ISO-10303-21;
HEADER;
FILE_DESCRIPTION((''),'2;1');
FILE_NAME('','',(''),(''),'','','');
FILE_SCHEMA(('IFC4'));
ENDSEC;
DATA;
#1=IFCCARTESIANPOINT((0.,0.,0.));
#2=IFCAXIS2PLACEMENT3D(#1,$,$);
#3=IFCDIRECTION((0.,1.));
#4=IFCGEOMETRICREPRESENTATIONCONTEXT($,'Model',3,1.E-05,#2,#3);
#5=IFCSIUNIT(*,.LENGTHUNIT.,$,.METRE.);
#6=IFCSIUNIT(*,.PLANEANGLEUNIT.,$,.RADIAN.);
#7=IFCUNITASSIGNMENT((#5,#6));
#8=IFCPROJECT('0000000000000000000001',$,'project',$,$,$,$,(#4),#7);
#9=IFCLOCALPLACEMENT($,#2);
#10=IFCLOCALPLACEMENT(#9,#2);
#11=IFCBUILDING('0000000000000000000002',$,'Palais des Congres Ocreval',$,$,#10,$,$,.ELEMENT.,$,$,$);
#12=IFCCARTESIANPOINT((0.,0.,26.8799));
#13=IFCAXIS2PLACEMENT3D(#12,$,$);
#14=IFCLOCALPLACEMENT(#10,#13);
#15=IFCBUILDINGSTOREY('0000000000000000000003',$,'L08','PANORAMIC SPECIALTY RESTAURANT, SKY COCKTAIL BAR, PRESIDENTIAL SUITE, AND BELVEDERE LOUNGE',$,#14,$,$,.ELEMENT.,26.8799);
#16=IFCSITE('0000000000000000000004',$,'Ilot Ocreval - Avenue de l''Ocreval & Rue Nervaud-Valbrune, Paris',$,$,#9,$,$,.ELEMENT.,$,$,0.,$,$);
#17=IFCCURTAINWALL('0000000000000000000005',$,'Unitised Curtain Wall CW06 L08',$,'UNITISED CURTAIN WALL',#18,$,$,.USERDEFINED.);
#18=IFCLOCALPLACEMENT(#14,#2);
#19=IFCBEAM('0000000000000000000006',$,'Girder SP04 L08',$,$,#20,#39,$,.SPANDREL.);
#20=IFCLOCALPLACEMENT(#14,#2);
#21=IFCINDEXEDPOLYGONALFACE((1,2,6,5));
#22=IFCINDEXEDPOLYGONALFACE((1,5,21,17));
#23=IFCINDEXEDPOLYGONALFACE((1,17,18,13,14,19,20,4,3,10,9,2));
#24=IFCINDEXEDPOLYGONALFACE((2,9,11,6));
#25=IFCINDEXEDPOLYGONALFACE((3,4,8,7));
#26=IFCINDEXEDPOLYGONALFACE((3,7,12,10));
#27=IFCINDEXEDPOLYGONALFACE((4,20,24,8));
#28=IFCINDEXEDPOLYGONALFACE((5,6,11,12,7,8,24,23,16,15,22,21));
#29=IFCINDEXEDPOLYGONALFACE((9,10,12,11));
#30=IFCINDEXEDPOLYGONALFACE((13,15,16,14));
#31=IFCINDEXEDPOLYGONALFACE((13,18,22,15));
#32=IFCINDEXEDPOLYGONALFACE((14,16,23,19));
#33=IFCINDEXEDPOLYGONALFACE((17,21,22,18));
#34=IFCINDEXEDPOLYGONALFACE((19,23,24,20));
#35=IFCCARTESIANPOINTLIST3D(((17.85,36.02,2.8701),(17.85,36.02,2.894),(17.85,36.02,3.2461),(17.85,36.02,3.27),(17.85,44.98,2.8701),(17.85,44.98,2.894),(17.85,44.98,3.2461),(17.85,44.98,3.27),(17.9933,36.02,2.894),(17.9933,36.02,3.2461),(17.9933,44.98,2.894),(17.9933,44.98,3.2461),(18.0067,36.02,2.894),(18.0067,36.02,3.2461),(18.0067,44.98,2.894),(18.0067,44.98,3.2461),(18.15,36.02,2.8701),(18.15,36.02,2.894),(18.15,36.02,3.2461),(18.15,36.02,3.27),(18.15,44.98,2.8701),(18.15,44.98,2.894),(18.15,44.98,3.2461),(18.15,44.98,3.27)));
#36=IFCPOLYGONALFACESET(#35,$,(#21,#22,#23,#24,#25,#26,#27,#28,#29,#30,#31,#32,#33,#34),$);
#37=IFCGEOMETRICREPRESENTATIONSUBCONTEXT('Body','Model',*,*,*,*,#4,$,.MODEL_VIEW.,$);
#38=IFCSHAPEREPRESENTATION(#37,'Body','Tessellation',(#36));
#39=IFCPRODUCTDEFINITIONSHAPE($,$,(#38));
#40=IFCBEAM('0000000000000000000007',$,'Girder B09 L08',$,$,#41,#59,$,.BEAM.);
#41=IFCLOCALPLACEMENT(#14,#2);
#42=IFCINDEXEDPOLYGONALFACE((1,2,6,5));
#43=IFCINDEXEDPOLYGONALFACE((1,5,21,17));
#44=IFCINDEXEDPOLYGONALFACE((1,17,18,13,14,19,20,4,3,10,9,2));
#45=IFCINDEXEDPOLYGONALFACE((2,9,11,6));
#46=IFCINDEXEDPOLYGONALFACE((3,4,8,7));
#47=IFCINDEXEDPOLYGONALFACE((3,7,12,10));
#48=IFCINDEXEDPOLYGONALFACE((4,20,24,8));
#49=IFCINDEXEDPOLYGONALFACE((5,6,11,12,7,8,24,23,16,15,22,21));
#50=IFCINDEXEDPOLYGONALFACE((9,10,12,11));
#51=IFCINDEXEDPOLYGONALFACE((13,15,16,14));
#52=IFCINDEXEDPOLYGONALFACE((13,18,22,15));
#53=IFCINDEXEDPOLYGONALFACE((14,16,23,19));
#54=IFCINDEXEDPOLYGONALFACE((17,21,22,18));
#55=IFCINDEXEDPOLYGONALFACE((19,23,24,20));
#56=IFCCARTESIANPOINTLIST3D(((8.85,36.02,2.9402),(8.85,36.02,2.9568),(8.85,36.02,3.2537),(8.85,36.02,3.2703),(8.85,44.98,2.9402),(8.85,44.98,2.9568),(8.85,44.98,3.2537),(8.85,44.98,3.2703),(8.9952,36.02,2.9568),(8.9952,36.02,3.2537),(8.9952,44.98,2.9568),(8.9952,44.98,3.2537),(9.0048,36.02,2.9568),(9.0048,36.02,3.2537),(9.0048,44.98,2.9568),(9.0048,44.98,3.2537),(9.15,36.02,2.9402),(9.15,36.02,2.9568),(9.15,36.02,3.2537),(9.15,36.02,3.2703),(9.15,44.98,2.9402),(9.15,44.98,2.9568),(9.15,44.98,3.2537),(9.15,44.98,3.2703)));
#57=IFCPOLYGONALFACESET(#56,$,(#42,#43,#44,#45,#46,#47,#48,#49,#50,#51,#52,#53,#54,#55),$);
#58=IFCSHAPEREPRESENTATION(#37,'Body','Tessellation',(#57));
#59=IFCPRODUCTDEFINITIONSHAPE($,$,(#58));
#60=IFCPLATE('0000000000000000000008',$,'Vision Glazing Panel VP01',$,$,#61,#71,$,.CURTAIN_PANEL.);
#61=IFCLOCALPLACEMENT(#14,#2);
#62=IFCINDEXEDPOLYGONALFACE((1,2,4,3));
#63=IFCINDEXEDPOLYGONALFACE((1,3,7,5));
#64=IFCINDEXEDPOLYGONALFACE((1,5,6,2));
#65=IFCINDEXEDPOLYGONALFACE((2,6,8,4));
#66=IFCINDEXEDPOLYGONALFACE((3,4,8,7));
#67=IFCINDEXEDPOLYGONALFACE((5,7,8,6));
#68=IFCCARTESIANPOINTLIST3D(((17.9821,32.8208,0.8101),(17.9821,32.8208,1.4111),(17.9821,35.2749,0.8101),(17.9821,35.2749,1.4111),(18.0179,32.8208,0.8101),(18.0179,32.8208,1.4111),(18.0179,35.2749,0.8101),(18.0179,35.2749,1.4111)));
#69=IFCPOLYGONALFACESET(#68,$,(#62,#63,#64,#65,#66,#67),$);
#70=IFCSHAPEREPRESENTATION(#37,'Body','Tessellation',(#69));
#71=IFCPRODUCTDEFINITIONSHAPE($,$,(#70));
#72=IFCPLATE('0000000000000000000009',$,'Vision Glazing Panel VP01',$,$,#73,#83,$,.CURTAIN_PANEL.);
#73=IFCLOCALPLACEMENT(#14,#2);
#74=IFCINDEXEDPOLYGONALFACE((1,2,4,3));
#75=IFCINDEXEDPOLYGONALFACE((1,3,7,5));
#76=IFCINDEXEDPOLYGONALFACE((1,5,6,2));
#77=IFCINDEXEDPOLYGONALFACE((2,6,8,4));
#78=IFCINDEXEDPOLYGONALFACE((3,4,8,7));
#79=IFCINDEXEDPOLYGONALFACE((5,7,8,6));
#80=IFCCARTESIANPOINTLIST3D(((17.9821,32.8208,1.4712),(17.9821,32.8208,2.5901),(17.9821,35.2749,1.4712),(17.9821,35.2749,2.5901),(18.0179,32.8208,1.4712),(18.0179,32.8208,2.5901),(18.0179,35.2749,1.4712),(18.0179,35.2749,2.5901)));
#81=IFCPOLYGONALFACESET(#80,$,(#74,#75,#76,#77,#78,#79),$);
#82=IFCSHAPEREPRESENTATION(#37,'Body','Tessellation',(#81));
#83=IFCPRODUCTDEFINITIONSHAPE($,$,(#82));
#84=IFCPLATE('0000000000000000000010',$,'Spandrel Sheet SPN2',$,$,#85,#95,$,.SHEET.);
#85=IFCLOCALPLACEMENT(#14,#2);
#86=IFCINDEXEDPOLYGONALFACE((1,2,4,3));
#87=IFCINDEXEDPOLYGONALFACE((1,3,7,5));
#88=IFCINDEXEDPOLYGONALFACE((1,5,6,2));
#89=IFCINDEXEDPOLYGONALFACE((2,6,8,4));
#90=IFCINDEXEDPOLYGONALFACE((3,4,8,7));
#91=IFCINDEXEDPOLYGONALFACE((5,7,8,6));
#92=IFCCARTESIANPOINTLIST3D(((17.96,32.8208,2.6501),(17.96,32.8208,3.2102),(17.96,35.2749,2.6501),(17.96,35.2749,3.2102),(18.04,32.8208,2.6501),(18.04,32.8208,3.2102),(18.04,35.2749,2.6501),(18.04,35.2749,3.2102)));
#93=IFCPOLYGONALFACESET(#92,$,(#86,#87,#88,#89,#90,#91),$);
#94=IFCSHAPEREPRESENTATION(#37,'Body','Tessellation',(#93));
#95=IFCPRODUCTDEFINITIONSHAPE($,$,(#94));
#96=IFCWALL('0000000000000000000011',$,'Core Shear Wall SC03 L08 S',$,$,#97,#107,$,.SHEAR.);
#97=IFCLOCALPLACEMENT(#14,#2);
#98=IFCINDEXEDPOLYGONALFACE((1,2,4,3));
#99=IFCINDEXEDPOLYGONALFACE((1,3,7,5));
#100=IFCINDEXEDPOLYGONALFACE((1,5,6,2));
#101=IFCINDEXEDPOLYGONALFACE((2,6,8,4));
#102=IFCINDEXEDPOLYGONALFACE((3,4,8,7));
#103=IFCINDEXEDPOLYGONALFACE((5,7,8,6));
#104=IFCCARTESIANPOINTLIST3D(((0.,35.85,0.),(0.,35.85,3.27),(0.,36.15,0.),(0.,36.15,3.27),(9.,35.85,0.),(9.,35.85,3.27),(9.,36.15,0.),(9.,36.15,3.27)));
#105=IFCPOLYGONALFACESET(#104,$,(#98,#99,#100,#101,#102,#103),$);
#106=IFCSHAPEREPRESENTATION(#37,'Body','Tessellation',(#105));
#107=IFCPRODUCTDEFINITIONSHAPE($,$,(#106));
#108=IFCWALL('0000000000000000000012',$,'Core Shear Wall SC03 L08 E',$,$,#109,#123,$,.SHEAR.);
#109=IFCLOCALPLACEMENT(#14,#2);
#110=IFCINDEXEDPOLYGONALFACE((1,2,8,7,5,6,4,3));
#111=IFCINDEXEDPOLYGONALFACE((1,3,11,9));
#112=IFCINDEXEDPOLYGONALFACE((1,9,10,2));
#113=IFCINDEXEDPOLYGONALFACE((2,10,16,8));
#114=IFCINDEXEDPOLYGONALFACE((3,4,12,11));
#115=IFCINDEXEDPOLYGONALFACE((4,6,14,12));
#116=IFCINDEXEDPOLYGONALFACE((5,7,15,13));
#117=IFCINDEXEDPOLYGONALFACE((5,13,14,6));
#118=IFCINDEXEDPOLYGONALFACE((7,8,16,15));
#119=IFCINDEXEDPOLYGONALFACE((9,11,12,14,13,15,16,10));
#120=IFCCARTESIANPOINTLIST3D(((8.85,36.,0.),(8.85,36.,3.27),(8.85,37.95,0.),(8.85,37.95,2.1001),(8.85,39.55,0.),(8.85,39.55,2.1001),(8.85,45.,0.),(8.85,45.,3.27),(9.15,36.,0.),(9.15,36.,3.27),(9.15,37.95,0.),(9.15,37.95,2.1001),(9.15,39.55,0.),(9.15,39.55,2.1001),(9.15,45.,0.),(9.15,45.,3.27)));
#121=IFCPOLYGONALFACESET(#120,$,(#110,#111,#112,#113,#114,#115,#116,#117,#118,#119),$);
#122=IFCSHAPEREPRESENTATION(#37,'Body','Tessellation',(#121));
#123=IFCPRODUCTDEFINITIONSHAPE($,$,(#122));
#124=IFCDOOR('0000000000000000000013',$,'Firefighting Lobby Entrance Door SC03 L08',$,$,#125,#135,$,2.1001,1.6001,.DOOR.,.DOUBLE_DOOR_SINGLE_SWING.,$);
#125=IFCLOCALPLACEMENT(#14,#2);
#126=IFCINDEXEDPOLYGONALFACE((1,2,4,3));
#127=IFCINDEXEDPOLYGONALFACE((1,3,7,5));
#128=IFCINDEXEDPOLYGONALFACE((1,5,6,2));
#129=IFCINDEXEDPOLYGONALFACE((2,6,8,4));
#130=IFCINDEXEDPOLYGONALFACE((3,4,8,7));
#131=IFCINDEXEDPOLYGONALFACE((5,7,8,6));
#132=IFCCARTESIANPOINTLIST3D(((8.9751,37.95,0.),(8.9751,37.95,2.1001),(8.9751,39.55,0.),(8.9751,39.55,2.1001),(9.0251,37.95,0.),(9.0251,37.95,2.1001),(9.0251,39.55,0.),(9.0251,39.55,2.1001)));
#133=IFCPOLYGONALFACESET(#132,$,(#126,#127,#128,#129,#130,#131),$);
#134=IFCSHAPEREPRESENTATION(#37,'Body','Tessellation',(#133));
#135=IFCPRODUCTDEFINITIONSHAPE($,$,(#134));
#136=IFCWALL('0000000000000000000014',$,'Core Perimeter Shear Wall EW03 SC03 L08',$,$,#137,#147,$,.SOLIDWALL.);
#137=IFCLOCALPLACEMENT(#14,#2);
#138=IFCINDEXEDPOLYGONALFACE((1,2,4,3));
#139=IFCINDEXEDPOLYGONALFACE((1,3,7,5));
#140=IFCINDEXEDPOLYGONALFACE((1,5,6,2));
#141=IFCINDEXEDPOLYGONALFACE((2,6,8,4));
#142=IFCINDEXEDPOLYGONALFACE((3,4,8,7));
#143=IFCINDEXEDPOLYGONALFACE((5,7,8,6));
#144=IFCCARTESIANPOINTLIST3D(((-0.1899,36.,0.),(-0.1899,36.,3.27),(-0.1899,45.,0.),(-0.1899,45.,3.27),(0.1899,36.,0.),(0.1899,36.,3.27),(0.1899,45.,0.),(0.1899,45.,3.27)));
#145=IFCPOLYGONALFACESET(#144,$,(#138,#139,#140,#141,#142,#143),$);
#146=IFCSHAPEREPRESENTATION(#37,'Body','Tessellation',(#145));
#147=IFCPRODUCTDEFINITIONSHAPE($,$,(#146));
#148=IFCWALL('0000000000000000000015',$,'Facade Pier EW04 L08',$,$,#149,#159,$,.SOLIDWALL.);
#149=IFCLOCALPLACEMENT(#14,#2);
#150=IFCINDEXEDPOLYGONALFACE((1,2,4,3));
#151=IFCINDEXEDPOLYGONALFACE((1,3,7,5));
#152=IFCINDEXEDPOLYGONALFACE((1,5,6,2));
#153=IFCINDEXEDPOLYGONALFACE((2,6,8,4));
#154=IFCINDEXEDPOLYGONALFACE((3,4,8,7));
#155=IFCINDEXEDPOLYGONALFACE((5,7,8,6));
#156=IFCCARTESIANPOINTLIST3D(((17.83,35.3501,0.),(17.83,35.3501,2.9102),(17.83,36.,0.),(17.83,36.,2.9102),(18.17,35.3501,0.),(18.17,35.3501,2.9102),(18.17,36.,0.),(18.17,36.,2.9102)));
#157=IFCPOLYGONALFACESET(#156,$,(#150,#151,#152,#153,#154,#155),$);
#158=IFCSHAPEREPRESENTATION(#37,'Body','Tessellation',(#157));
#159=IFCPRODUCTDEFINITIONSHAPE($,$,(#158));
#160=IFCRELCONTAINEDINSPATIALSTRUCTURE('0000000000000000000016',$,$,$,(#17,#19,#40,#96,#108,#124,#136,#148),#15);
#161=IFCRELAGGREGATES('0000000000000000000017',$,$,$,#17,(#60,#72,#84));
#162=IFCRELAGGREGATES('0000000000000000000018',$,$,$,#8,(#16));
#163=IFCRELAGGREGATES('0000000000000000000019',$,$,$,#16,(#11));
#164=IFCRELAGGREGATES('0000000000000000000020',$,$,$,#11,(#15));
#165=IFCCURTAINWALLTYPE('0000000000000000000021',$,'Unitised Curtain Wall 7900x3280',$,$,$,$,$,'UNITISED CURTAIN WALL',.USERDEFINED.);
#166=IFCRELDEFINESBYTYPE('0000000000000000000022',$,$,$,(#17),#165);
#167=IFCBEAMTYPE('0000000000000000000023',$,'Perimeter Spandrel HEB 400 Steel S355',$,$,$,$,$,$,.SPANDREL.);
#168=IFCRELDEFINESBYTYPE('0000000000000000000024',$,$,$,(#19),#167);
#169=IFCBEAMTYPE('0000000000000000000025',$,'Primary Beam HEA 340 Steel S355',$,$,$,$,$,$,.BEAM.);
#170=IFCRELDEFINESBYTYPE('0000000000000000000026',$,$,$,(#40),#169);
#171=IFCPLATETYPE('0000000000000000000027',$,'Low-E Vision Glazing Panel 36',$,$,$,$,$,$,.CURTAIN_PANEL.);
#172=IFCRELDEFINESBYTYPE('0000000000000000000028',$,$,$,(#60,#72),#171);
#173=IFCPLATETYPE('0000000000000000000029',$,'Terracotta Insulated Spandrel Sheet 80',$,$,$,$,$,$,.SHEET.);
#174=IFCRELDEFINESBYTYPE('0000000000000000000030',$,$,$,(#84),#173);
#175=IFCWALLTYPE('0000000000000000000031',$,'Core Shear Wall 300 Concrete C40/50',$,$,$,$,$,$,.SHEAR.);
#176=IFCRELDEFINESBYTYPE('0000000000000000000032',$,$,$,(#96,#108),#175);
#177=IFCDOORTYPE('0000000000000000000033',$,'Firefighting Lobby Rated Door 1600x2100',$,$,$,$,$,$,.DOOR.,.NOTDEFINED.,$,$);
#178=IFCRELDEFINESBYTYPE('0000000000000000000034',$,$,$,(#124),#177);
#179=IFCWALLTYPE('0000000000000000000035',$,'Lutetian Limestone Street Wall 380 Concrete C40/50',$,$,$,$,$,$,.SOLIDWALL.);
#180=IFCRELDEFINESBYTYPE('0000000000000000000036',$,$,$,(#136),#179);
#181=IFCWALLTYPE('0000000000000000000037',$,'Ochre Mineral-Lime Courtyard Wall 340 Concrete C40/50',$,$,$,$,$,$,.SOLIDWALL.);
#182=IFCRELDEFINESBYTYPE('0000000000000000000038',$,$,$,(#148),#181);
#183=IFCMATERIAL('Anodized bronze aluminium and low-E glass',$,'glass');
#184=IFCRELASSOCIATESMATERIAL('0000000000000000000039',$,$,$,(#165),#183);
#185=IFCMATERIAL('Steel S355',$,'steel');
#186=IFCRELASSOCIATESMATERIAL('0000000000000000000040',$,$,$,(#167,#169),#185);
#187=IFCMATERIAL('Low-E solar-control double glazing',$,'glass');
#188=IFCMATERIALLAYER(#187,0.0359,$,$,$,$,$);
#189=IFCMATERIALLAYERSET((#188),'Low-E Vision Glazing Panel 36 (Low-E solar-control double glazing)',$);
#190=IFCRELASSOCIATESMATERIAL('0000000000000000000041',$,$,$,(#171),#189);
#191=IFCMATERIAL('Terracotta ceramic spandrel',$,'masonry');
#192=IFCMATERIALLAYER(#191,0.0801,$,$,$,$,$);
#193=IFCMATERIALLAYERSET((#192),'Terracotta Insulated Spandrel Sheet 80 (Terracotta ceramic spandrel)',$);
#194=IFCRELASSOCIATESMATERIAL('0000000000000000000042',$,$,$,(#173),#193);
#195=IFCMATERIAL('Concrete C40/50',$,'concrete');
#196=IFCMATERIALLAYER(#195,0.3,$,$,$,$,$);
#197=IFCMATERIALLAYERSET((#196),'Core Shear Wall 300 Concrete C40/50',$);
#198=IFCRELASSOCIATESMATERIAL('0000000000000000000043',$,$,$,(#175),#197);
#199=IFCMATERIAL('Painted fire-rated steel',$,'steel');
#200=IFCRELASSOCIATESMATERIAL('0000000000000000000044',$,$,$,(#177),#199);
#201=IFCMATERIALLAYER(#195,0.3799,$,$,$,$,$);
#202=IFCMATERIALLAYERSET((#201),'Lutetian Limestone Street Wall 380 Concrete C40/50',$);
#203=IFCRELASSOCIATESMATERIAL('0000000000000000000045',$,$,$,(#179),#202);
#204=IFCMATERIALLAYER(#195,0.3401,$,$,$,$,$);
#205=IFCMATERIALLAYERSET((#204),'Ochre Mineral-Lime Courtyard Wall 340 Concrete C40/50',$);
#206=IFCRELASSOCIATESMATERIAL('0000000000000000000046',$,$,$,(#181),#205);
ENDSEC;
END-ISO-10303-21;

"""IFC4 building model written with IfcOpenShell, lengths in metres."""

from ifc_helpers import new_model, si_unit, direction, frame, frame_2d, origin, origin_2d, place, context, subcontext, project, spatial, rectangle, i_section, extrude, material, layer, layer_set, material_profile, profile_set, type_object, element, fill, aggregate, save


model = new_model("IFC4")

# Units and contexts
model_context = context("Model", 3, precision=1e-05, world=origin(), true_north=direction((0.0, 1.0)))
body_context = subcontext(model_context, "Body", "Model", "MODEL_VIEW")
ifc_project = project(units=[si_unit("LENGTHUNIT", "METRE"), si_unit("PLANEANGLEUNIT", "RADIAN")], contexts=[model_context])

# Site, building, storey
site_placement = place(None, origin())
site = spatial("IfcSite", under=ifc_project, at=site_placement, Name="Ilot Ocreval - Avenue de l'Ocreval & Rue Nervaud-Valbrune, Paris", CompositionType="ELEMENT", RefElevation=0.0)
building_placement = place(site_placement, origin())
building = spatial("IfcBuilding", under=site, at=building_placement, Name="Palais des Congres Ocreval", CompositionType="ELEMENT")
storey_placement = place(building_placement, frame((0.0, 0.0, 26.8799)))
storey = spatial("IfcBuildingStorey", under=building, at=storey_placement, Name="L08", Description="PANORAMIC SPECIALTY RESTAURANT, SKY COCKTAIL BAR, PRESIDENTIAL SUITE, AND BELVEDERE LOUNGE", CompositionType="ELEMENT", Elevation=26.8799)

# Shared definitions
ifc_material_1 = material(Name="Steel S355", Category="steel")

# Curtain wall
ifc_material_2 = material(Name="Anodized bronze aluminium and low-E glass", Category="glass")
curtain_wall_type = type_object("IfcCurtainWallType", Name="Unitised Curtain Wall 7900x3280", ElementType="UNITISED CURTAIN WALL", PredefinedType="USERDEFINED", material=ifc_material_2)
curtain_wall_placement = place(storey_placement, origin())
curtain_wall = element("IfcCurtainWall", 1, at=curtain_wall_placement, inside=storey, type_object=curtain_wall_type, Name="Unitised Curtain Wall CW06 L08", ObjectType="UNITISED CURTAIN WALL", PredefinedType="USERDEFINED")

# Beams
ifc_material_profile_1 = material_profile(ifc_material_1, i_section(OverallWidth=0.3, OverallDepth=0.3999, WebThickness=0.0134, FlangeThickness=0.0239, at=origin_2d()), Name="HEB 400")
ifc_profile_set_1 = profile_set([ifc_material_profile_1], Name="Steel S355")
beam_type_1 = type_object("IfcBeamType", Name="Perimeter Spandrel HEB 400 Steel S355", PredefinedType="SPANDREL", material=ifc_profile_set_1)
beam_1_placement = place(storey_placement, frame((18.0, 36.02, 3.0701), z_axis=(0.0, 1.0, 0.0), x_axis=(-1.0, 0.0, 0.0)))
element("IfcBeam", 2, at=beam_1_placement, inside=storey, type_object=beam_type_1, Name="Girder SP04 L08", PredefinedType="SPANDREL", context=body_context, shape_type="SweptSolid", body=[
    extrude(i_section(OverallWidth=0.3, OverallDepth=0.3999, WebThickness=0.0134, FlangeThickness=0.0239, at=origin_2d()), origin(), (0.0, 0.0, 1.0), 8.96),
])
ifc_material_profile_2 = material_profile(ifc_material_1, i_section(OverallWidth=0.3, OverallDepth=0.3301, WebThickness=0.0095, FlangeThickness=0.0166, at=origin_2d()), Name="HEA 340")
ifc_profile_set_2 = profile_set([ifc_material_profile_2], Name="Steel S355")
beam_type_2 = type_object("IfcBeamType", Name="Primary Beam HEA 340 Steel S355", PredefinedType="BEAM", material=ifc_profile_set_2)
beam_2_placement = place(storey_placement, frame((9.0, 36.02, 3.1052), z_axis=(0.0, 1.0, 0.0), x_axis=(-1.0, 0.0, 0.0)))
element("IfcBeam", 3, at=beam_2_placement, inside=storey, type_object=beam_type_2, Name="Girder B09 L08", PredefinedType="BEAM", context=body_context, shape_type="SweptSolid", body=[
    extrude(i_section(OverallWidth=0.3, OverallDepth=0.3301, WebThickness=0.0095, FlangeThickness=0.0166, at=origin_2d()), origin(), (0.0, 0.0, 1.0), 8.96),
])

# Plates
ifc_material_3 = material(Name="Low-E solar-control double glazing", Category="glass")
ifc_layer_1 = layer(ifc_material_3, 0.0359)
ifc_layer_set_1 = layer_set([ifc_layer_1], Name="Low-E Vision Glazing Panel 36 (Low-E solar-control double glazing)")
plate_type_1 = type_object("IfcPlateType", Name="Low-E Vision Glazing Panel 36", PredefinedType="CURTAIN_PANEL", material=ifc_layer_set_1)
plate_1_placement = place(storey_placement, frame((18.0, 34.0479, 0.8101), z_axis=(0.0, 0.0, 1.0), x_axis=(0.0, -1.0, 0.0)))
plate_1 = element("IfcPlate", 4, at=plate_1_placement, type_object=plate_type_1, Name="Vision Glazing Panel VP01", PredefinedType="CURTAIN_PANEL", context=body_context, shape_type="SweptSolid", body=[
    extrude(rectangle(XDim=2.4541, YDim=0.0359, at=origin_2d()), origin(), (0.0, 0.0, 1.0), 0.6011),
])
plate_2_placement = place(storey_placement, frame((18.0, 34.0479, 1.4712), z_axis=(0.0, 0.0, 1.0), x_axis=(0.0, -1.0, 0.0)))
plate_2 = element("IfcPlate", 5, at=plate_2_placement, type_object=plate_type_1, Name="Vision Glazing Panel VP01", PredefinedType="CURTAIN_PANEL", context=body_context, shape_type="SweptSolid", body=[
    extrude(rectangle(XDim=2.4541, YDim=0.0359, at=origin_2d()), origin(), (0.0, 0.0, 1.0), 1.1189),
])
ifc_material_4 = material(Name="Terracotta ceramic spandrel", Category="masonry")
ifc_layer_2 = layer(ifc_material_4, 0.0801)
ifc_layer_set_2 = layer_set([ifc_layer_2], Name="Terracotta Insulated Spandrel Sheet 80 (Terracotta ceramic spandrel)")
plate_type_2 = type_object("IfcPlateType", Name="Terracotta Insulated Spandrel Sheet 80", PredefinedType="SHEET", material=ifc_layer_set_2)
plate_3_placement = place(storey_placement, frame((18.0, 34.0479, 2.6501), z_axis=(0.0, 0.0, 1.0), x_axis=(0.0, -1.0, 0.0)))
plate_3 = element("IfcPlate", 6, at=plate_3_placement, type_object=plate_type_2, Name="Spandrel Sheet SPN2", PredefinedType="SHEET", context=body_context, shape_type="SweptSolid", body=[
    extrude(rectangle(XDim=2.4541, YDim=0.0801, at=origin_2d()), origin(), (0.0, 0.0, 1.0), 0.5601),
])
aggregate(curtain_wall, [plate_1, plate_2, plate_3])

# Wall
ifc_material_5 = material(Name="Concrete C40/50", Category="concrete")
ifc_layer_3 = layer(ifc_material_5, 0.3)
ifc_layer_set_3 = layer_set([ifc_layer_3], Name="Core Shear Wall 300 Concrete C40/50")
wall_type_1 = type_object("IfcWallType", Name="Core Shear Wall 300 Concrete C40/50", PredefinedType="SHEAR", material=ifc_layer_set_3)
wall_1_placement = place(storey_placement, frame((0.0, 36.0, 0.0), z_axis=(0.0, 0.0, 1.0), x_axis=(1.0, 0.0, 0.0)))
element("IfcWall", 7, at=wall_1_placement, inside=storey, type_object=wall_type_1, Name="Core Shear Wall SC03 L08 S", PredefinedType="SHEAR", context=body_context, shape_type="SweptSolid", body=[
    extrude(rectangle(XDim=9.0, YDim=0.3, at=frame_2d((4.5, 0.0))), origin(), (0.0, 0.0, 1.0), 3.27),
])

# Wall, opening, door
wall_2_placement = place(storey_placement, frame((9.0, 36.0, 0.0), z_axis=(0.0, 0.0, 1.0), x_axis=(0.0, 1.0, 0.0)))
wall_2 = element("IfcWall", 8, at=wall_2_placement, inside=storey, type_object=wall_type_1, Name="Core Shear Wall SC03 L08 E", PredefinedType="SHEAR", context=body_context, shape_type="SweptSolid", body=[
    extrude(rectangle(XDim=9.0, YDim=0.3, at=frame_2d((4.5, 0.0))), origin(), (0.0, 0.0, 1.0), 3.27),
])
opening_placement = place(wall_2_placement, frame((1.95, 0.0, 0.0)))
opening = element("IfcOpeningElement", 9, at=opening_placement, cuts=wall_2, PredefinedType="OPENING", context=body_context, shape_type="SweptSolid", body=[
    extrude(rectangle(XDim=1.6001, YDim=2.1001, at=frame_2d((0.8, 1.05))), frame((0.0, 0.1599, 0.0), z_axis=(0.0, -1.0, 0.0), x_axis=(1.0, 0.0, 0.0)), (0.0, 0.0, 1.0), 0.3201),
])
ifc_material_6 = material(Name="Painted fire-rated steel", Category="steel")
door_type = type_object("IfcDoorType", Name="Firefighting Lobby Rated Door 1600x2100", OperationType="NOTDEFINED", PredefinedType="DOOR", material=ifc_material_6)
door_placement = place(opening_placement, origin())
door = element("IfcDoor", 10, at=door_placement, inside=storey, type_object=door_type, Name="Firefighting Lobby Entrance Door SC03 L08", OperationType="DOUBLE_DOOR_SINGLE_SWING", OverallHeight=2.1001, OverallWidth=1.6001, PredefinedType="DOOR", context=body_context, shape_type="SweptSolid", body=[
    extrude(rectangle(XDim=1.6001, YDim=2.1001, at=frame_2d((0.8, 1.05))), frame((0.0, 0.0249, 0.0), z_axis=(0.0, -1.0, 0.0), x_axis=(1.0, 0.0, 0.0)), (0.0, 0.0, 1.0), 0.05),
])
fill(opening, door)

# Walls
ifc_layer_4 = layer(ifc_material_5, 0.3799)
ifc_layer_set_4 = layer_set([ifc_layer_4], Name="Lutetian Limestone Street Wall 380 Concrete C40/50")
wall_type_2 = type_object("IfcWallType", Name="Lutetian Limestone Street Wall 380 Concrete C40/50", PredefinedType="SOLIDWALL", material=ifc_layer_set_4)
wall_3_placement = place(storey_placement, frame((0.0, 36.0, 0.0), z_axis=(0.0, 0.0, 1.0), x_axis=(0.0, 1.0, 0.0)))
element("IfcWall", 11, at=wall_3_placement, inside=storey, type_object=wall_type_2, Name="Core Perimeter Shear Wall EW03 SC03 L08", PredefinedType="SOLIDWALL", context=body_context, shape_type="SweptSolid", body=[
    extrude(rectangle(XDim=9.0, YDim=0.3799, at=frame_2d((4.5, 0.0))), origin(), (0.0, 0.0, 1.0), 3.27),
])
ifc_layer_5 = layer(ifc_material_5, 0.3401)
ifc_layer_set_5 = layer_set([ifc_layer_5], Name="Ochre Mineral-Lime Courtyard Wall 340 Concrete C40/50")
wall_type_3 = type_object("IfcWallType", Name="Ochre Mineral-Lime Courtyard Wall 340 Concrete C40/50", PredefinedType="SOLIDWALL", material=ifc_layer_set_5)
wall_4_placement = place(storey_placement, frame((18.0, 36.0, 0.0), z_axis=(0.0, 0.0, 1.0), x_axis=(0.0, -1.0, 0.0)))
element("IfcWall", 12, at=wall_4_placement, inside=storey, type_object=wall_type_3, Name="Facade Pier EW04 L08", PredefinedType="SOLIDWALL", context=body_context, shape_type="SweptSolid", body=[
    extrude(rectangle(XDim=0.6499, YDim=0.3401, at=frame_2d((0.325, 0.0))), origin(), (0.0, 0.0, 1.0), 2.9102),
])

save(model, "model.ifc")
